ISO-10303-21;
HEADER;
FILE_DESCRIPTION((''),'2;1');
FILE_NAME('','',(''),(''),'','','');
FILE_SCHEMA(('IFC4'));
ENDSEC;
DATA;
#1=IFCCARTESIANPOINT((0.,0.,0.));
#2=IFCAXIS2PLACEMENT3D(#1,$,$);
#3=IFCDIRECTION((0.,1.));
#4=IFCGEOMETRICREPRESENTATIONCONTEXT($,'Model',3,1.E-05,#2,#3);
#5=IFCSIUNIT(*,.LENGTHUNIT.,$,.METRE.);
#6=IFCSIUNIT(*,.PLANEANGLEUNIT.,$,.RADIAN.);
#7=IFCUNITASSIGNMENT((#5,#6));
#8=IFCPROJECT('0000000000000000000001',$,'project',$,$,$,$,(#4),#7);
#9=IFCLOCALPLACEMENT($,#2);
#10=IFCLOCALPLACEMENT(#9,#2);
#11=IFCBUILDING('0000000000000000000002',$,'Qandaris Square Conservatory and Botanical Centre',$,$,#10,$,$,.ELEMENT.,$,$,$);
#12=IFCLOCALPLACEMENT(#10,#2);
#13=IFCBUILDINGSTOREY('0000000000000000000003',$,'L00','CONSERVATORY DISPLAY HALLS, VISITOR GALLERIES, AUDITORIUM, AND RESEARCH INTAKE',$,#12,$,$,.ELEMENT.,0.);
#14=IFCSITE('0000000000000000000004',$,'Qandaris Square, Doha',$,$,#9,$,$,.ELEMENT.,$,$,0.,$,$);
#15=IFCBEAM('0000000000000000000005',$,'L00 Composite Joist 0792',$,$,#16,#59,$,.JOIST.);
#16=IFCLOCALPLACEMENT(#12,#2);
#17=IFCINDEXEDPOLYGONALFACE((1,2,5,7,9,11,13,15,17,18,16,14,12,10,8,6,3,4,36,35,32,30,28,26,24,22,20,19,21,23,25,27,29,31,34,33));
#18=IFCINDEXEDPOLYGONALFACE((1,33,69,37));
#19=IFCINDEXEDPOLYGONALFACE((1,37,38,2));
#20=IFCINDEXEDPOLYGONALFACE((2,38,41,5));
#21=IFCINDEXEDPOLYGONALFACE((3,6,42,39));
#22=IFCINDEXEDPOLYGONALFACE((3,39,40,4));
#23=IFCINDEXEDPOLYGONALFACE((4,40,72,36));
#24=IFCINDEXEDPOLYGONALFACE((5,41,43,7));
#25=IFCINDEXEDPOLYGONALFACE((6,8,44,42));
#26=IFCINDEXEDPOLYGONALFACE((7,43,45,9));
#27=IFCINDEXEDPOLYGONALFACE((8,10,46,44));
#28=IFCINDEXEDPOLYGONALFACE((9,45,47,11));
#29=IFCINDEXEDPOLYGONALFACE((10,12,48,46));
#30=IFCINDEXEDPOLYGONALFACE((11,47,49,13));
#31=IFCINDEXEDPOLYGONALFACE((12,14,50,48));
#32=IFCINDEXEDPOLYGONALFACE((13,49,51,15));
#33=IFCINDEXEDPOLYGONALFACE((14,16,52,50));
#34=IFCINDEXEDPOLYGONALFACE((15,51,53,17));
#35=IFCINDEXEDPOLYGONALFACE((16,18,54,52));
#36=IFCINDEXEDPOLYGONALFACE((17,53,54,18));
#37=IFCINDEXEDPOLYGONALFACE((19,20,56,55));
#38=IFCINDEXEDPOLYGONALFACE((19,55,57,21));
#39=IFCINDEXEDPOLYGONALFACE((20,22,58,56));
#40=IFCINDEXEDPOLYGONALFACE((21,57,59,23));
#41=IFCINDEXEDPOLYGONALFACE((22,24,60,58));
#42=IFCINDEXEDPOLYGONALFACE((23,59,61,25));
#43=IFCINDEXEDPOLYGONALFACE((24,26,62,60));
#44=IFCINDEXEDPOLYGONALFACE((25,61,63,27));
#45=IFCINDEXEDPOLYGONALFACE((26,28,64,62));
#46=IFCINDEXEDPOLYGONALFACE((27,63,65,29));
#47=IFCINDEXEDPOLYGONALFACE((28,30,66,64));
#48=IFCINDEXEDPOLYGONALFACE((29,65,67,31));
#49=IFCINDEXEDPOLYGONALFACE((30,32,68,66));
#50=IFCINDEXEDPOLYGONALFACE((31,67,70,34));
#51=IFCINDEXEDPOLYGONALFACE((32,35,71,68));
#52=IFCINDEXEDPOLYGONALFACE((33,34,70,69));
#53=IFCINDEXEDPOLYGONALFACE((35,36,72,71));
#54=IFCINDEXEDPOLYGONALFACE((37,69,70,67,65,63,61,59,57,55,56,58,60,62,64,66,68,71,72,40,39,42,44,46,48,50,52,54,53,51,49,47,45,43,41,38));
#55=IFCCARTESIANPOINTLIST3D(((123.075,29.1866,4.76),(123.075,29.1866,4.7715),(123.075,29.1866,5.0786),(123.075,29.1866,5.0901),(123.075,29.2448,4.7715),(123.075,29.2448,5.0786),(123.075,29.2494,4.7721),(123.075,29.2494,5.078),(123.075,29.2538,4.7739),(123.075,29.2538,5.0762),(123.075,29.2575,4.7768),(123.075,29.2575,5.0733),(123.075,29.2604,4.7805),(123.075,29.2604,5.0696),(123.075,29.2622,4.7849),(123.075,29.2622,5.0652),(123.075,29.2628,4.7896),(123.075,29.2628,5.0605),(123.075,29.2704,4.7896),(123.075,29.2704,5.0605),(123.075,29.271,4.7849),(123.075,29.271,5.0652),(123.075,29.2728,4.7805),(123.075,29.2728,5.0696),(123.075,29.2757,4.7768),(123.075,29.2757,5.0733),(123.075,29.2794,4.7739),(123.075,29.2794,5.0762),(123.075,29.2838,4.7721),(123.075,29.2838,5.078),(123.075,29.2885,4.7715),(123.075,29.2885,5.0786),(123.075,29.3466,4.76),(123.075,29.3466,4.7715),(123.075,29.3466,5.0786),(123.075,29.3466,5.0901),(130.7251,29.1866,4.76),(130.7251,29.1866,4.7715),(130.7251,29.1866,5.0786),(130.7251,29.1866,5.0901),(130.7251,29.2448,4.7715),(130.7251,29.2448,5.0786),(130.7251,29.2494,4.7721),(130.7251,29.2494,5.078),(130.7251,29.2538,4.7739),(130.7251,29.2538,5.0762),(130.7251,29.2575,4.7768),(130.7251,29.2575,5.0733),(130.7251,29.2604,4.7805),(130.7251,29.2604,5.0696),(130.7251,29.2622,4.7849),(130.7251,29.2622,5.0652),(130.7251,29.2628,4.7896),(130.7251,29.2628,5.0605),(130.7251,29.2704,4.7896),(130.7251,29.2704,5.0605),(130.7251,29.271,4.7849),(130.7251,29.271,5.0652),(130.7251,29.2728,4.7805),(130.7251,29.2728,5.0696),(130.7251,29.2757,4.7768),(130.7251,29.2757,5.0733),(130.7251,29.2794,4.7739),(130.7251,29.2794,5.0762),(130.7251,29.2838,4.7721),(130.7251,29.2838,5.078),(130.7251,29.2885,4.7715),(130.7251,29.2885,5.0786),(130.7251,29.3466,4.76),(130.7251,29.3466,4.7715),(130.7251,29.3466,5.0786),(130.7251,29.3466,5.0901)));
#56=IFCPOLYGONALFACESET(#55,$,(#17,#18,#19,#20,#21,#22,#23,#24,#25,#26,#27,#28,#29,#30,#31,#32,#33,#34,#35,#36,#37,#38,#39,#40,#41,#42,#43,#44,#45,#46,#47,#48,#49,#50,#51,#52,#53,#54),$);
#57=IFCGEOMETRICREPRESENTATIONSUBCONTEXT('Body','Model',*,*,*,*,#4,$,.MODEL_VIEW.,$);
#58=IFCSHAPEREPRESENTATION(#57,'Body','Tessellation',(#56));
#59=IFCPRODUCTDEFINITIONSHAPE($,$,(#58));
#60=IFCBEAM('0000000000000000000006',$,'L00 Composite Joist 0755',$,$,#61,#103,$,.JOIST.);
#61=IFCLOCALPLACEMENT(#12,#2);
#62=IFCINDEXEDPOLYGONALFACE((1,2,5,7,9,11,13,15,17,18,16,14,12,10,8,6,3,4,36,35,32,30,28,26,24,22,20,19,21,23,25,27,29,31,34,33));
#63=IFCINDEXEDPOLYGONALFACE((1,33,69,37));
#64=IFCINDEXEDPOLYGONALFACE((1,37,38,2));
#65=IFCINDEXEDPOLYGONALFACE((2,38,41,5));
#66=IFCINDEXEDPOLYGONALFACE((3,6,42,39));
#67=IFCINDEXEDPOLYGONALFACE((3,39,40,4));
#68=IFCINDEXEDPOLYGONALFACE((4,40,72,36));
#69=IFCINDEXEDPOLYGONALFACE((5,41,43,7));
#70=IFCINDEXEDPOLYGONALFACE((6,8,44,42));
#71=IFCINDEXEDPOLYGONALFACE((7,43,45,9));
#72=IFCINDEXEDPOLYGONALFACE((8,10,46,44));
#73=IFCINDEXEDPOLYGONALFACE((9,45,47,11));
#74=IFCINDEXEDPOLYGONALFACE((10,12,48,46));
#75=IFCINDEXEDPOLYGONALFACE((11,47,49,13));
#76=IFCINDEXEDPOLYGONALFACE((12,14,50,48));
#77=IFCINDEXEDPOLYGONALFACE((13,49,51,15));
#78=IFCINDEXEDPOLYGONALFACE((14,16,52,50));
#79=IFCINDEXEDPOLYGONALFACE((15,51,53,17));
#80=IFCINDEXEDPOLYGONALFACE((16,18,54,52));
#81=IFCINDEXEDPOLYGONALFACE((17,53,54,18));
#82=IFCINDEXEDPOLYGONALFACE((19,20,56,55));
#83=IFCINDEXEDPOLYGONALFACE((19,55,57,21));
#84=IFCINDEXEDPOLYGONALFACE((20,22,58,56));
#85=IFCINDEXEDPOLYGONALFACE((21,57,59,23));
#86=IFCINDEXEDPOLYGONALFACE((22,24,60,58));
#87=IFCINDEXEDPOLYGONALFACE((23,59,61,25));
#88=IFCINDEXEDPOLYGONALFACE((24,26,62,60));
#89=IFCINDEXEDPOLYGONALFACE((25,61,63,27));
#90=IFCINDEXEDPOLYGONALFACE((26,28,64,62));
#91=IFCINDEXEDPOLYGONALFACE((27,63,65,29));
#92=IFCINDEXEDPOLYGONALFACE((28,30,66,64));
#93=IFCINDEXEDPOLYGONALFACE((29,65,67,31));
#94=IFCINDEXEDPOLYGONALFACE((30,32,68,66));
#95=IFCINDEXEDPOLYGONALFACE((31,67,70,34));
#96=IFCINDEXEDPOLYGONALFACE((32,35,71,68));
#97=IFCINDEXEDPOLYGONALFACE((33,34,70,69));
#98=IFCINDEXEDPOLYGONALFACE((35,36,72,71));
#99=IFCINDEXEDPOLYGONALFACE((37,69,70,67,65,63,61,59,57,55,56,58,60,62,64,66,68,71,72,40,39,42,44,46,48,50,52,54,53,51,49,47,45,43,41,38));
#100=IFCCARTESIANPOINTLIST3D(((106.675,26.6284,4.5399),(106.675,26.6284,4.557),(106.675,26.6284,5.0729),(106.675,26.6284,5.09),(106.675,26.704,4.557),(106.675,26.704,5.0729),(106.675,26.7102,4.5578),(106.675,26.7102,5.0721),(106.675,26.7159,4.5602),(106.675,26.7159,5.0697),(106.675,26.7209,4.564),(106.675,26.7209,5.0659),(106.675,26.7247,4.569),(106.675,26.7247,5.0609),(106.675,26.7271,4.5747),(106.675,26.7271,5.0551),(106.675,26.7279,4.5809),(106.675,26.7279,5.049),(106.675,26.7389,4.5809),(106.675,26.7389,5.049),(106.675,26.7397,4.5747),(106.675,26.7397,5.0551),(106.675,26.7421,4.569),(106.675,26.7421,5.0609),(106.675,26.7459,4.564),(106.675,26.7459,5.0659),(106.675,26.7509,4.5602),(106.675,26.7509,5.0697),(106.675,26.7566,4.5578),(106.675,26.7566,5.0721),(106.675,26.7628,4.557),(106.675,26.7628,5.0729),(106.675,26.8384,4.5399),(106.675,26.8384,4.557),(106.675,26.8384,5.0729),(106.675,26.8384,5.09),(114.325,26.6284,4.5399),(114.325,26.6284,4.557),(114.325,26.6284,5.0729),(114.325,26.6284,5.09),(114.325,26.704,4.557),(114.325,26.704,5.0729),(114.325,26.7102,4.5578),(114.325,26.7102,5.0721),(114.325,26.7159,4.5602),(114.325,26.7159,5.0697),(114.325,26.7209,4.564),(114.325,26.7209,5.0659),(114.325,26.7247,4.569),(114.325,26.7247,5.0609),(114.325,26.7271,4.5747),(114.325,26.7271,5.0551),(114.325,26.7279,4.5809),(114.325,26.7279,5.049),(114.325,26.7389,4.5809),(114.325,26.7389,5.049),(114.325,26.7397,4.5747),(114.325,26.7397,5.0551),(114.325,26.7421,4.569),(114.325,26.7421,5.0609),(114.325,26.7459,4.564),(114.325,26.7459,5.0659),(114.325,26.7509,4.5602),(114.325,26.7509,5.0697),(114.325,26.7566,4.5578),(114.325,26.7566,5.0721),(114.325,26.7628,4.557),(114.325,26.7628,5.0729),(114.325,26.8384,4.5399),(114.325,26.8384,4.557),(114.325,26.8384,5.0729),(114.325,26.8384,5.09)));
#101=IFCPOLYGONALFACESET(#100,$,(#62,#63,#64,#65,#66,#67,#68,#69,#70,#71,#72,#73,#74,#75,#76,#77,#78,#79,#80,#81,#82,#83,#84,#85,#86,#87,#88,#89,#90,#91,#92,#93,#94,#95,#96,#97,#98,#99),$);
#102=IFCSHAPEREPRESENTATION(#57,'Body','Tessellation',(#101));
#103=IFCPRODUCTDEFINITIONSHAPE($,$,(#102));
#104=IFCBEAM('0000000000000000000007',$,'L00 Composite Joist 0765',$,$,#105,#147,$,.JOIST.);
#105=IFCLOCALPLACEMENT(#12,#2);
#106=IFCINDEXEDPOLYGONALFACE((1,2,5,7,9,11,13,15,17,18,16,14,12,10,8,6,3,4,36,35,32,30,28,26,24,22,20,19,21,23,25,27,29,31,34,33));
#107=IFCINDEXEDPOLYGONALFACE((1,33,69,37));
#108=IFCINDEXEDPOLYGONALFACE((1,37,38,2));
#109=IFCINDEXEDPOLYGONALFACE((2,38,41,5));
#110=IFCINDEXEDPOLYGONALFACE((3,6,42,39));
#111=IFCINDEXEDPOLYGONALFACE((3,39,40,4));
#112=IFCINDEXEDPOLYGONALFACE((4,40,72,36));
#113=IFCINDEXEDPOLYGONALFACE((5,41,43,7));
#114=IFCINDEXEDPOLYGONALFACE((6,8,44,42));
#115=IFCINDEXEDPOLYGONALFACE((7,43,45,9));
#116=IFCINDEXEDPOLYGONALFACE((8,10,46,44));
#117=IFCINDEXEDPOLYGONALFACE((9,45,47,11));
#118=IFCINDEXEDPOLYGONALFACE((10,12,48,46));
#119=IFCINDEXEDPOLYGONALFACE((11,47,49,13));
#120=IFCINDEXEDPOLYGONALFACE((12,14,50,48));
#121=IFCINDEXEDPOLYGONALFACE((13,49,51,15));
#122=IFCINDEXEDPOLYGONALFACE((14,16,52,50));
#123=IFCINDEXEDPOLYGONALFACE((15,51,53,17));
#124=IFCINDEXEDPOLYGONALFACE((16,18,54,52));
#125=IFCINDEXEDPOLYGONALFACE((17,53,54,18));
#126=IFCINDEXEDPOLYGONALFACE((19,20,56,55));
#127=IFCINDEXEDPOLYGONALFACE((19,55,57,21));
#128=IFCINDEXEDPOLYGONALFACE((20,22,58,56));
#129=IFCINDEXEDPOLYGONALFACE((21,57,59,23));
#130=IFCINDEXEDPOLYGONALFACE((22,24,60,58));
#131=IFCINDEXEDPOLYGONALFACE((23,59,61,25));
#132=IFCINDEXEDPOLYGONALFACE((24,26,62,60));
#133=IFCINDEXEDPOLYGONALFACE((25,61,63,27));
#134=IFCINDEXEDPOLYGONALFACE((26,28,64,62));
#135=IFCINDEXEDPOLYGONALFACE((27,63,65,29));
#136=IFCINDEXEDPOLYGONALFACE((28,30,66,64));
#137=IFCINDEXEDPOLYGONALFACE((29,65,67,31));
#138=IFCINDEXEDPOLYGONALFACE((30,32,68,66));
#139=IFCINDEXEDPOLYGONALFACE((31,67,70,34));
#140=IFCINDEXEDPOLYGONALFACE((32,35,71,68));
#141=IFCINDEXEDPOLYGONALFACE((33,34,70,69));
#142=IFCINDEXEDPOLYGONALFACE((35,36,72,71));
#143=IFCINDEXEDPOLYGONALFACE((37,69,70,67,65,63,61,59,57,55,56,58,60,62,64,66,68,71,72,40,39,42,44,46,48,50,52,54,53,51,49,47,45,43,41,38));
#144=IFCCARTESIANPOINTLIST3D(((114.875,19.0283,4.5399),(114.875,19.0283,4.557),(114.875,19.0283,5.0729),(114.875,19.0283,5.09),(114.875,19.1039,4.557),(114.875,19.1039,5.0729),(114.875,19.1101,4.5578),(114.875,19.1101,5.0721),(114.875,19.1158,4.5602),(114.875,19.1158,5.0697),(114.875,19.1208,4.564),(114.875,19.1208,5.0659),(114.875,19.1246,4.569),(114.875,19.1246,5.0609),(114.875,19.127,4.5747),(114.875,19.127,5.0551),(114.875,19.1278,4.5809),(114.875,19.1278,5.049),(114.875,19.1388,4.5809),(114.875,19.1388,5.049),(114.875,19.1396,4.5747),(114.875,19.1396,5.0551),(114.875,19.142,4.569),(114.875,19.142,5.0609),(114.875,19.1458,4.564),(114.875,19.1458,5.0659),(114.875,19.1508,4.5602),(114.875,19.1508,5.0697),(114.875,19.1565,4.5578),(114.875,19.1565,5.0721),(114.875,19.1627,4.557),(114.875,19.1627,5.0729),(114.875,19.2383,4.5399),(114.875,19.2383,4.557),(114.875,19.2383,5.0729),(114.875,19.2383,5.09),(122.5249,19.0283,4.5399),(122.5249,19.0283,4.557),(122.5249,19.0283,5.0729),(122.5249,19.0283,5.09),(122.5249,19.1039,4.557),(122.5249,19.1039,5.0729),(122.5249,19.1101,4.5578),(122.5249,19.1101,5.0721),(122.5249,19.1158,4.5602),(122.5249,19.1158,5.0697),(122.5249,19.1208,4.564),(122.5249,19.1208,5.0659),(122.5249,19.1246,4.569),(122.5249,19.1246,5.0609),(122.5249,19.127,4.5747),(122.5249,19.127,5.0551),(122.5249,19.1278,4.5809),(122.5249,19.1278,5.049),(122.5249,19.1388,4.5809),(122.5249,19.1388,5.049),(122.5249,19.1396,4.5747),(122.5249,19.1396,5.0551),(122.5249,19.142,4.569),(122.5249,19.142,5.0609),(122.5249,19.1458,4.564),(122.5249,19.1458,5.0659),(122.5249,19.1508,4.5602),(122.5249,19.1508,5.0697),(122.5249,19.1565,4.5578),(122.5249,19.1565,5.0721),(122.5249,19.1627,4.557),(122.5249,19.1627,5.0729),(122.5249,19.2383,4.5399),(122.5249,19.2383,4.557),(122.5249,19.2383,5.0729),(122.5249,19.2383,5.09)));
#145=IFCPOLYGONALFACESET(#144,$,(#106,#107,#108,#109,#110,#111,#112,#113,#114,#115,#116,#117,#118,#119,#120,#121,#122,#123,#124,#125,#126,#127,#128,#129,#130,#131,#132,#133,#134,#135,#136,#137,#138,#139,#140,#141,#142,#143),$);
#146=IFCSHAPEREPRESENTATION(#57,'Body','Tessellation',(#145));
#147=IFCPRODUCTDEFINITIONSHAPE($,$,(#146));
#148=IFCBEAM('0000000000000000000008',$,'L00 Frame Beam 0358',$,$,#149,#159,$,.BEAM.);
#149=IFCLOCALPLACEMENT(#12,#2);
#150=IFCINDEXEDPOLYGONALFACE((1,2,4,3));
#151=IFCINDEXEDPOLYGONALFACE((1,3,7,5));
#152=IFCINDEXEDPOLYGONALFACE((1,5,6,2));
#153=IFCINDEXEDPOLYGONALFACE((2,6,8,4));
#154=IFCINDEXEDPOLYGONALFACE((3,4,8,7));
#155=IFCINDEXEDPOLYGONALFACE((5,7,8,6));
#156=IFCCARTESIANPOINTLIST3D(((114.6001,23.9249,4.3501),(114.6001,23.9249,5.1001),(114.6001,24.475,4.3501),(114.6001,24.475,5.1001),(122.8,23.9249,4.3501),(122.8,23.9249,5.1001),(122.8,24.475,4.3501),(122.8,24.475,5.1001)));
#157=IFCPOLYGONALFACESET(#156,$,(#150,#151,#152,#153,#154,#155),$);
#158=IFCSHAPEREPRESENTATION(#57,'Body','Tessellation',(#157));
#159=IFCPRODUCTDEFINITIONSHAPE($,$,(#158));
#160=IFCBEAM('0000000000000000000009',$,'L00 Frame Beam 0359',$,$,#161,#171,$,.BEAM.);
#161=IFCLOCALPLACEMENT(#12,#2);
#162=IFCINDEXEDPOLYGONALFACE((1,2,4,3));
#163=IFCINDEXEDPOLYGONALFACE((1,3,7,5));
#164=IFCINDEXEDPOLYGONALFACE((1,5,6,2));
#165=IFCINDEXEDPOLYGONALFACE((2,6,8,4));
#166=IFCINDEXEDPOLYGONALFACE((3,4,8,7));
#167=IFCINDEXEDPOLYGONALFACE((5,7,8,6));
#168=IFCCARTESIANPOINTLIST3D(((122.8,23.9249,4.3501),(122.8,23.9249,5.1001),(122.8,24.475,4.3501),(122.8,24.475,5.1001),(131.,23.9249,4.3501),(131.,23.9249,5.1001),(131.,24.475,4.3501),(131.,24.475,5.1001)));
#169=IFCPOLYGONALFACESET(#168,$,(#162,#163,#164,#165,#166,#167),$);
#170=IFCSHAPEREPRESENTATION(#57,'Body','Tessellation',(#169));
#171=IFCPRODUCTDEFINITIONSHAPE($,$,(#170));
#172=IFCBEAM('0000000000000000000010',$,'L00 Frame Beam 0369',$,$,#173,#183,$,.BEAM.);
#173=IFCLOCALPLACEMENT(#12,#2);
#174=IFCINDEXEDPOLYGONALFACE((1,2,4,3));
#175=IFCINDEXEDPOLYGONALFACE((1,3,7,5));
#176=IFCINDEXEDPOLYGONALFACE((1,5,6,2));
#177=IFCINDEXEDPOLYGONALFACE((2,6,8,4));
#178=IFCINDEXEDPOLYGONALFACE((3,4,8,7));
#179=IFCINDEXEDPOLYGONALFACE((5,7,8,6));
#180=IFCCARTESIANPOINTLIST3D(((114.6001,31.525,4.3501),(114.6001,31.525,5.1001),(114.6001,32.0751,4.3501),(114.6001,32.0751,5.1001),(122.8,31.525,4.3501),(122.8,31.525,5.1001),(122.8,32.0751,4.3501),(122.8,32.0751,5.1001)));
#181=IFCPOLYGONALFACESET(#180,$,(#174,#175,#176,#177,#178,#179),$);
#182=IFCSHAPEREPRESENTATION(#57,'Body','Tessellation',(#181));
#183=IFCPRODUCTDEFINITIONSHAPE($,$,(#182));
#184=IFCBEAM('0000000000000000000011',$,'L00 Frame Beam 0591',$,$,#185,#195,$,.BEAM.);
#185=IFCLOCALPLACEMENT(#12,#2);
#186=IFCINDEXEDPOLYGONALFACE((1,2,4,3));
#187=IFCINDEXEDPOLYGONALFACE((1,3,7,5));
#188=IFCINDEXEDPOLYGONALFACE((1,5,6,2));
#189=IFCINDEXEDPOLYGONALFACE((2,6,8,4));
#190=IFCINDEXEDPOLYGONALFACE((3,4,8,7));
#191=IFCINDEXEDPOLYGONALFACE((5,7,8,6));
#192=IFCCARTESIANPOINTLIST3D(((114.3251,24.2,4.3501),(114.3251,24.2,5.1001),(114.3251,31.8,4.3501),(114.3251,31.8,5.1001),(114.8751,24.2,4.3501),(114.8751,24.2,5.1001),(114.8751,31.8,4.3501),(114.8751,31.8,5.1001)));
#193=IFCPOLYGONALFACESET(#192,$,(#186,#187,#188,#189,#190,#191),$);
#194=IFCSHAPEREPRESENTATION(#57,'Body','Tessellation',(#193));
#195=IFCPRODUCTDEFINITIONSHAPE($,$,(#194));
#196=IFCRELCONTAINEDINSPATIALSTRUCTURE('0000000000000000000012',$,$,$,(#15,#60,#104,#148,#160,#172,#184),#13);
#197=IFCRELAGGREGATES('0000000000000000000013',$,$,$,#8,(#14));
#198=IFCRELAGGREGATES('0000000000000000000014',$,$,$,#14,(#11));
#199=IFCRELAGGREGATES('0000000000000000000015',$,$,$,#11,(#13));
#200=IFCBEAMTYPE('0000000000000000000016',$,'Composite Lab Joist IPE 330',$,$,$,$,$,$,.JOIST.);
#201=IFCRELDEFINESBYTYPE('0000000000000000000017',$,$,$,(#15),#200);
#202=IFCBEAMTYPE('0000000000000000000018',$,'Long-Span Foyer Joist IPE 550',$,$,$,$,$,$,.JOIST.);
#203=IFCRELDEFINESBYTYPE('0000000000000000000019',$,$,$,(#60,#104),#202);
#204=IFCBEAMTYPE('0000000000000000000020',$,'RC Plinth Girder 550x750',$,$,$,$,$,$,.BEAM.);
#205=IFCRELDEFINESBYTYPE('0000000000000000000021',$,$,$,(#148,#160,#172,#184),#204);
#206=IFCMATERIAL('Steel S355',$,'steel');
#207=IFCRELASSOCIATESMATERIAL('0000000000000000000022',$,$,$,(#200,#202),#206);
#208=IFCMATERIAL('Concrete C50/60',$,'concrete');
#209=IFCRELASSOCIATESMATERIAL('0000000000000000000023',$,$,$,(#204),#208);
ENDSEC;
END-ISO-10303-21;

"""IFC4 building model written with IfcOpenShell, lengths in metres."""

from ifc_helpers import new_model, si_unit, direction, frame, origin, origin_2d, place, context, subcontext, project, spatial, rectangle, i_section, extrude, material, material_profile, profile_set, type_object, element, save


model = new_model("IFC4")

# Units and contexts
model_context = context("Model", 3, precision=1e-05, world=origin(), true_north=direction((0.0, 1.0)))
body_context = subcontext(model_context, "Body", "Model", "MODEL_VIEW")
ifc_project = project(units=[si_unit("LENGTHUNIT", "METRE"), si_unit("PLANEANGLEUNIT", "RADIAN")], contexts=[model_context])

# Site, building, storey
site_placement = place(None, origin())
site = spatial("IfcSite", under=ifc_project, at=site_placement, Name="Qandaris Square, Doha", CompositionType="ELEMENT", RefElevation=0.0)
building_placement = place(site_placement, origin())
building = spatial("IfcBuilding", under=site, at=building_placement, Name="Qandaris Square Conservatory and Botanical Centre", CompositionType="ELEMENT")
storey_placement = place(building_placement, origin())
storey = spatial("IfcBuildingStorey", under=building, at=storey_placement, Name="L00", Description="CONSERVATORY DISPLAY HALLS, VISITOR GALLERIES, AUDITORIUM, AND RESEARCH INTAKE", CompositionType="ELEMENT", Elevation=0.0)

# Shared definitions
ifc_material_1 = material(Name="Concrete C50/60", Category="concrete")

# Beams
ifc_material_2 = material(Name="Steel S355", Category="steel")
ifc_material_profile_1 = material_profile(ifc_material_2, i_section(OverallWidth=0.1599, OverallDepth=0.3301, WebThickness=0.0076, FlangeThickness=0.0115, FilletRadius=0.0181, at=origin_2d()), Name="IPE 330")
ifc_profile_set_1 = profile_set([ifc_material_profile_1], Name="Steel S355")
beam_type_1 = type_object("IfcBeamType", Name="Composite Lab Joist IPE 330", PredefinedType="JOIST", material=ifc_profile_set_1)
beam_1_placement = place(storey_placement, frame((123.075, 29.2666, 4.925), z_axis=(1.0, 0.0, 0.0), x_axis=(0.0, 1.0, 0.0)))
element("IfcBeam", 1, at=beam_1_placement, inside=storey, type_object=beam_type_1, Name="L00 Composite Joist 0792", PredefinedType="JOIST", context=body_context, shape_type="SweptSolid", body=[
    extrude(i_section(OverallWidth=0.1599, OverallDepth=0.3301, WebThickness=0.0076, FlangeThickness=0.0115, FilletRadius=0.0181, at=origin_2d()), origin(), (0.0, 0.0, 1.0), 7.6501),
])
ifc_material_profile_2 = material_profile(ifc_material_2, i_section(OverallWidth=0.21, OverallDepth=0.55, WebThickness=0.011, FlangeThickness=0.0171, FilletRadius=0.0239, at=origin_2d()), Name="IPE 550")
ifc_profile_set_2 = profile_set([ifc_material_profile_2], Name="Steel S355")
beam_type_2 = type_object("IfcBeamType", Name="Long-Span Foyer Joist IPE 550", PredefinedType="JOIST", material=ifc_profile_set_2)
for number, where, z_axis, x_axis, name in (
    (2, (106.675, 26.7334, 4.8149), (1.0, 0.0, 0.0), (0.0, 1.0, 0.0), "L00 Composite Joist 0755"),
    (3, (114.875, 19.1333, 4.8149), (1.0, 0.0, 0.0), (0.0, 1.0, 0.0), "L00 Composite Joist 0765"),
):
    element("IfcBeam", number, at=place(storey_placement, frame(where, z_axis=z_axis, x_axis=x_axis)), inside=storey, type_object=beam_type_2, Name=name, PredefinedType="JOIST", context=body_context, shape_type="SweptSolid", body=[
        extrude(i_section(OverallWidth=0.21, OverallDepth=0.55, WebThickness=0.011, FlangeThickness=0.0171, FilletRadius=0.0239, at=origin_2d()), origin(), (0.0, 0.0, 1.0), 7.6499),
    ])
ifc_material_profile_3 = material_profile(ifc_material_1, rectangle(XDim=0.55, YDim=0.75, at=origin_2d()), Name="RC-BM 550x750")
ifc_profile_set_3 = profile_set([ifc_material_profile_3], Name="Concrete C50/60")
beam_type_3 = type_object("IfcBeamType", Name="RC Plinth Girder 550x750", PredefinedType="BEAM", material=ifc_profile_set_3)
for number, where, z_axis, x_axis, name in (
    (4, (114.6001, 24.2, 4.7251), (1.0, 0.0, 0.0), (0.0, 1.0, 0.0), "L00 Frame Beam 0358"),
    (5, (122.8, 24.2, 4.7251), (1.0, 0.0, 0.0), (0.0, 1.0, 0.0), "L00 Frame Beam 0359"),
    (6, (114.6001, 31.8, 4.7251), (1.0, 0.0, 0.0), (0.0, 1.0, 0.0), "L00 Frame Beam 0369"),
):
    element("IfcBeam", number, at=place(storey_placement, frame(where, z_axis=z_axis, x_axis=x_axis)), inside=storey, type_object=beam_type_3, Name=name, PredefinedType="BEAM", context=body_context, shape_type="SweptSolid", body=[
        extrude(rectangle(XDim=0.55, YDim=0.75, at=origin_2d()), origin(), (0.0, 0.0, 1.0), 8.2),
    ])
beam_2_placement = place(storey_placement, frame((114.6001, 24.2, 4.7251), z_axis=(0.0, 1.0, 0.0), x_axis=(-1.0, 0.0, 0.0)))
element("IfcBeam", 7, at=beam_2_placement, inside=storey, type_object=beam_type_3, Name="L00 Frame Beam 0591", PredefinedType="BEAM", context=body_context, shape_type="SweptSolid", body=[
    extrude(rectangle(XDim=0.55, YDim=0.75, at=origin_2d()), origin(), (0.0, 0.0, 1.0), 7.6001),
])

save(model, "model.ifc")
